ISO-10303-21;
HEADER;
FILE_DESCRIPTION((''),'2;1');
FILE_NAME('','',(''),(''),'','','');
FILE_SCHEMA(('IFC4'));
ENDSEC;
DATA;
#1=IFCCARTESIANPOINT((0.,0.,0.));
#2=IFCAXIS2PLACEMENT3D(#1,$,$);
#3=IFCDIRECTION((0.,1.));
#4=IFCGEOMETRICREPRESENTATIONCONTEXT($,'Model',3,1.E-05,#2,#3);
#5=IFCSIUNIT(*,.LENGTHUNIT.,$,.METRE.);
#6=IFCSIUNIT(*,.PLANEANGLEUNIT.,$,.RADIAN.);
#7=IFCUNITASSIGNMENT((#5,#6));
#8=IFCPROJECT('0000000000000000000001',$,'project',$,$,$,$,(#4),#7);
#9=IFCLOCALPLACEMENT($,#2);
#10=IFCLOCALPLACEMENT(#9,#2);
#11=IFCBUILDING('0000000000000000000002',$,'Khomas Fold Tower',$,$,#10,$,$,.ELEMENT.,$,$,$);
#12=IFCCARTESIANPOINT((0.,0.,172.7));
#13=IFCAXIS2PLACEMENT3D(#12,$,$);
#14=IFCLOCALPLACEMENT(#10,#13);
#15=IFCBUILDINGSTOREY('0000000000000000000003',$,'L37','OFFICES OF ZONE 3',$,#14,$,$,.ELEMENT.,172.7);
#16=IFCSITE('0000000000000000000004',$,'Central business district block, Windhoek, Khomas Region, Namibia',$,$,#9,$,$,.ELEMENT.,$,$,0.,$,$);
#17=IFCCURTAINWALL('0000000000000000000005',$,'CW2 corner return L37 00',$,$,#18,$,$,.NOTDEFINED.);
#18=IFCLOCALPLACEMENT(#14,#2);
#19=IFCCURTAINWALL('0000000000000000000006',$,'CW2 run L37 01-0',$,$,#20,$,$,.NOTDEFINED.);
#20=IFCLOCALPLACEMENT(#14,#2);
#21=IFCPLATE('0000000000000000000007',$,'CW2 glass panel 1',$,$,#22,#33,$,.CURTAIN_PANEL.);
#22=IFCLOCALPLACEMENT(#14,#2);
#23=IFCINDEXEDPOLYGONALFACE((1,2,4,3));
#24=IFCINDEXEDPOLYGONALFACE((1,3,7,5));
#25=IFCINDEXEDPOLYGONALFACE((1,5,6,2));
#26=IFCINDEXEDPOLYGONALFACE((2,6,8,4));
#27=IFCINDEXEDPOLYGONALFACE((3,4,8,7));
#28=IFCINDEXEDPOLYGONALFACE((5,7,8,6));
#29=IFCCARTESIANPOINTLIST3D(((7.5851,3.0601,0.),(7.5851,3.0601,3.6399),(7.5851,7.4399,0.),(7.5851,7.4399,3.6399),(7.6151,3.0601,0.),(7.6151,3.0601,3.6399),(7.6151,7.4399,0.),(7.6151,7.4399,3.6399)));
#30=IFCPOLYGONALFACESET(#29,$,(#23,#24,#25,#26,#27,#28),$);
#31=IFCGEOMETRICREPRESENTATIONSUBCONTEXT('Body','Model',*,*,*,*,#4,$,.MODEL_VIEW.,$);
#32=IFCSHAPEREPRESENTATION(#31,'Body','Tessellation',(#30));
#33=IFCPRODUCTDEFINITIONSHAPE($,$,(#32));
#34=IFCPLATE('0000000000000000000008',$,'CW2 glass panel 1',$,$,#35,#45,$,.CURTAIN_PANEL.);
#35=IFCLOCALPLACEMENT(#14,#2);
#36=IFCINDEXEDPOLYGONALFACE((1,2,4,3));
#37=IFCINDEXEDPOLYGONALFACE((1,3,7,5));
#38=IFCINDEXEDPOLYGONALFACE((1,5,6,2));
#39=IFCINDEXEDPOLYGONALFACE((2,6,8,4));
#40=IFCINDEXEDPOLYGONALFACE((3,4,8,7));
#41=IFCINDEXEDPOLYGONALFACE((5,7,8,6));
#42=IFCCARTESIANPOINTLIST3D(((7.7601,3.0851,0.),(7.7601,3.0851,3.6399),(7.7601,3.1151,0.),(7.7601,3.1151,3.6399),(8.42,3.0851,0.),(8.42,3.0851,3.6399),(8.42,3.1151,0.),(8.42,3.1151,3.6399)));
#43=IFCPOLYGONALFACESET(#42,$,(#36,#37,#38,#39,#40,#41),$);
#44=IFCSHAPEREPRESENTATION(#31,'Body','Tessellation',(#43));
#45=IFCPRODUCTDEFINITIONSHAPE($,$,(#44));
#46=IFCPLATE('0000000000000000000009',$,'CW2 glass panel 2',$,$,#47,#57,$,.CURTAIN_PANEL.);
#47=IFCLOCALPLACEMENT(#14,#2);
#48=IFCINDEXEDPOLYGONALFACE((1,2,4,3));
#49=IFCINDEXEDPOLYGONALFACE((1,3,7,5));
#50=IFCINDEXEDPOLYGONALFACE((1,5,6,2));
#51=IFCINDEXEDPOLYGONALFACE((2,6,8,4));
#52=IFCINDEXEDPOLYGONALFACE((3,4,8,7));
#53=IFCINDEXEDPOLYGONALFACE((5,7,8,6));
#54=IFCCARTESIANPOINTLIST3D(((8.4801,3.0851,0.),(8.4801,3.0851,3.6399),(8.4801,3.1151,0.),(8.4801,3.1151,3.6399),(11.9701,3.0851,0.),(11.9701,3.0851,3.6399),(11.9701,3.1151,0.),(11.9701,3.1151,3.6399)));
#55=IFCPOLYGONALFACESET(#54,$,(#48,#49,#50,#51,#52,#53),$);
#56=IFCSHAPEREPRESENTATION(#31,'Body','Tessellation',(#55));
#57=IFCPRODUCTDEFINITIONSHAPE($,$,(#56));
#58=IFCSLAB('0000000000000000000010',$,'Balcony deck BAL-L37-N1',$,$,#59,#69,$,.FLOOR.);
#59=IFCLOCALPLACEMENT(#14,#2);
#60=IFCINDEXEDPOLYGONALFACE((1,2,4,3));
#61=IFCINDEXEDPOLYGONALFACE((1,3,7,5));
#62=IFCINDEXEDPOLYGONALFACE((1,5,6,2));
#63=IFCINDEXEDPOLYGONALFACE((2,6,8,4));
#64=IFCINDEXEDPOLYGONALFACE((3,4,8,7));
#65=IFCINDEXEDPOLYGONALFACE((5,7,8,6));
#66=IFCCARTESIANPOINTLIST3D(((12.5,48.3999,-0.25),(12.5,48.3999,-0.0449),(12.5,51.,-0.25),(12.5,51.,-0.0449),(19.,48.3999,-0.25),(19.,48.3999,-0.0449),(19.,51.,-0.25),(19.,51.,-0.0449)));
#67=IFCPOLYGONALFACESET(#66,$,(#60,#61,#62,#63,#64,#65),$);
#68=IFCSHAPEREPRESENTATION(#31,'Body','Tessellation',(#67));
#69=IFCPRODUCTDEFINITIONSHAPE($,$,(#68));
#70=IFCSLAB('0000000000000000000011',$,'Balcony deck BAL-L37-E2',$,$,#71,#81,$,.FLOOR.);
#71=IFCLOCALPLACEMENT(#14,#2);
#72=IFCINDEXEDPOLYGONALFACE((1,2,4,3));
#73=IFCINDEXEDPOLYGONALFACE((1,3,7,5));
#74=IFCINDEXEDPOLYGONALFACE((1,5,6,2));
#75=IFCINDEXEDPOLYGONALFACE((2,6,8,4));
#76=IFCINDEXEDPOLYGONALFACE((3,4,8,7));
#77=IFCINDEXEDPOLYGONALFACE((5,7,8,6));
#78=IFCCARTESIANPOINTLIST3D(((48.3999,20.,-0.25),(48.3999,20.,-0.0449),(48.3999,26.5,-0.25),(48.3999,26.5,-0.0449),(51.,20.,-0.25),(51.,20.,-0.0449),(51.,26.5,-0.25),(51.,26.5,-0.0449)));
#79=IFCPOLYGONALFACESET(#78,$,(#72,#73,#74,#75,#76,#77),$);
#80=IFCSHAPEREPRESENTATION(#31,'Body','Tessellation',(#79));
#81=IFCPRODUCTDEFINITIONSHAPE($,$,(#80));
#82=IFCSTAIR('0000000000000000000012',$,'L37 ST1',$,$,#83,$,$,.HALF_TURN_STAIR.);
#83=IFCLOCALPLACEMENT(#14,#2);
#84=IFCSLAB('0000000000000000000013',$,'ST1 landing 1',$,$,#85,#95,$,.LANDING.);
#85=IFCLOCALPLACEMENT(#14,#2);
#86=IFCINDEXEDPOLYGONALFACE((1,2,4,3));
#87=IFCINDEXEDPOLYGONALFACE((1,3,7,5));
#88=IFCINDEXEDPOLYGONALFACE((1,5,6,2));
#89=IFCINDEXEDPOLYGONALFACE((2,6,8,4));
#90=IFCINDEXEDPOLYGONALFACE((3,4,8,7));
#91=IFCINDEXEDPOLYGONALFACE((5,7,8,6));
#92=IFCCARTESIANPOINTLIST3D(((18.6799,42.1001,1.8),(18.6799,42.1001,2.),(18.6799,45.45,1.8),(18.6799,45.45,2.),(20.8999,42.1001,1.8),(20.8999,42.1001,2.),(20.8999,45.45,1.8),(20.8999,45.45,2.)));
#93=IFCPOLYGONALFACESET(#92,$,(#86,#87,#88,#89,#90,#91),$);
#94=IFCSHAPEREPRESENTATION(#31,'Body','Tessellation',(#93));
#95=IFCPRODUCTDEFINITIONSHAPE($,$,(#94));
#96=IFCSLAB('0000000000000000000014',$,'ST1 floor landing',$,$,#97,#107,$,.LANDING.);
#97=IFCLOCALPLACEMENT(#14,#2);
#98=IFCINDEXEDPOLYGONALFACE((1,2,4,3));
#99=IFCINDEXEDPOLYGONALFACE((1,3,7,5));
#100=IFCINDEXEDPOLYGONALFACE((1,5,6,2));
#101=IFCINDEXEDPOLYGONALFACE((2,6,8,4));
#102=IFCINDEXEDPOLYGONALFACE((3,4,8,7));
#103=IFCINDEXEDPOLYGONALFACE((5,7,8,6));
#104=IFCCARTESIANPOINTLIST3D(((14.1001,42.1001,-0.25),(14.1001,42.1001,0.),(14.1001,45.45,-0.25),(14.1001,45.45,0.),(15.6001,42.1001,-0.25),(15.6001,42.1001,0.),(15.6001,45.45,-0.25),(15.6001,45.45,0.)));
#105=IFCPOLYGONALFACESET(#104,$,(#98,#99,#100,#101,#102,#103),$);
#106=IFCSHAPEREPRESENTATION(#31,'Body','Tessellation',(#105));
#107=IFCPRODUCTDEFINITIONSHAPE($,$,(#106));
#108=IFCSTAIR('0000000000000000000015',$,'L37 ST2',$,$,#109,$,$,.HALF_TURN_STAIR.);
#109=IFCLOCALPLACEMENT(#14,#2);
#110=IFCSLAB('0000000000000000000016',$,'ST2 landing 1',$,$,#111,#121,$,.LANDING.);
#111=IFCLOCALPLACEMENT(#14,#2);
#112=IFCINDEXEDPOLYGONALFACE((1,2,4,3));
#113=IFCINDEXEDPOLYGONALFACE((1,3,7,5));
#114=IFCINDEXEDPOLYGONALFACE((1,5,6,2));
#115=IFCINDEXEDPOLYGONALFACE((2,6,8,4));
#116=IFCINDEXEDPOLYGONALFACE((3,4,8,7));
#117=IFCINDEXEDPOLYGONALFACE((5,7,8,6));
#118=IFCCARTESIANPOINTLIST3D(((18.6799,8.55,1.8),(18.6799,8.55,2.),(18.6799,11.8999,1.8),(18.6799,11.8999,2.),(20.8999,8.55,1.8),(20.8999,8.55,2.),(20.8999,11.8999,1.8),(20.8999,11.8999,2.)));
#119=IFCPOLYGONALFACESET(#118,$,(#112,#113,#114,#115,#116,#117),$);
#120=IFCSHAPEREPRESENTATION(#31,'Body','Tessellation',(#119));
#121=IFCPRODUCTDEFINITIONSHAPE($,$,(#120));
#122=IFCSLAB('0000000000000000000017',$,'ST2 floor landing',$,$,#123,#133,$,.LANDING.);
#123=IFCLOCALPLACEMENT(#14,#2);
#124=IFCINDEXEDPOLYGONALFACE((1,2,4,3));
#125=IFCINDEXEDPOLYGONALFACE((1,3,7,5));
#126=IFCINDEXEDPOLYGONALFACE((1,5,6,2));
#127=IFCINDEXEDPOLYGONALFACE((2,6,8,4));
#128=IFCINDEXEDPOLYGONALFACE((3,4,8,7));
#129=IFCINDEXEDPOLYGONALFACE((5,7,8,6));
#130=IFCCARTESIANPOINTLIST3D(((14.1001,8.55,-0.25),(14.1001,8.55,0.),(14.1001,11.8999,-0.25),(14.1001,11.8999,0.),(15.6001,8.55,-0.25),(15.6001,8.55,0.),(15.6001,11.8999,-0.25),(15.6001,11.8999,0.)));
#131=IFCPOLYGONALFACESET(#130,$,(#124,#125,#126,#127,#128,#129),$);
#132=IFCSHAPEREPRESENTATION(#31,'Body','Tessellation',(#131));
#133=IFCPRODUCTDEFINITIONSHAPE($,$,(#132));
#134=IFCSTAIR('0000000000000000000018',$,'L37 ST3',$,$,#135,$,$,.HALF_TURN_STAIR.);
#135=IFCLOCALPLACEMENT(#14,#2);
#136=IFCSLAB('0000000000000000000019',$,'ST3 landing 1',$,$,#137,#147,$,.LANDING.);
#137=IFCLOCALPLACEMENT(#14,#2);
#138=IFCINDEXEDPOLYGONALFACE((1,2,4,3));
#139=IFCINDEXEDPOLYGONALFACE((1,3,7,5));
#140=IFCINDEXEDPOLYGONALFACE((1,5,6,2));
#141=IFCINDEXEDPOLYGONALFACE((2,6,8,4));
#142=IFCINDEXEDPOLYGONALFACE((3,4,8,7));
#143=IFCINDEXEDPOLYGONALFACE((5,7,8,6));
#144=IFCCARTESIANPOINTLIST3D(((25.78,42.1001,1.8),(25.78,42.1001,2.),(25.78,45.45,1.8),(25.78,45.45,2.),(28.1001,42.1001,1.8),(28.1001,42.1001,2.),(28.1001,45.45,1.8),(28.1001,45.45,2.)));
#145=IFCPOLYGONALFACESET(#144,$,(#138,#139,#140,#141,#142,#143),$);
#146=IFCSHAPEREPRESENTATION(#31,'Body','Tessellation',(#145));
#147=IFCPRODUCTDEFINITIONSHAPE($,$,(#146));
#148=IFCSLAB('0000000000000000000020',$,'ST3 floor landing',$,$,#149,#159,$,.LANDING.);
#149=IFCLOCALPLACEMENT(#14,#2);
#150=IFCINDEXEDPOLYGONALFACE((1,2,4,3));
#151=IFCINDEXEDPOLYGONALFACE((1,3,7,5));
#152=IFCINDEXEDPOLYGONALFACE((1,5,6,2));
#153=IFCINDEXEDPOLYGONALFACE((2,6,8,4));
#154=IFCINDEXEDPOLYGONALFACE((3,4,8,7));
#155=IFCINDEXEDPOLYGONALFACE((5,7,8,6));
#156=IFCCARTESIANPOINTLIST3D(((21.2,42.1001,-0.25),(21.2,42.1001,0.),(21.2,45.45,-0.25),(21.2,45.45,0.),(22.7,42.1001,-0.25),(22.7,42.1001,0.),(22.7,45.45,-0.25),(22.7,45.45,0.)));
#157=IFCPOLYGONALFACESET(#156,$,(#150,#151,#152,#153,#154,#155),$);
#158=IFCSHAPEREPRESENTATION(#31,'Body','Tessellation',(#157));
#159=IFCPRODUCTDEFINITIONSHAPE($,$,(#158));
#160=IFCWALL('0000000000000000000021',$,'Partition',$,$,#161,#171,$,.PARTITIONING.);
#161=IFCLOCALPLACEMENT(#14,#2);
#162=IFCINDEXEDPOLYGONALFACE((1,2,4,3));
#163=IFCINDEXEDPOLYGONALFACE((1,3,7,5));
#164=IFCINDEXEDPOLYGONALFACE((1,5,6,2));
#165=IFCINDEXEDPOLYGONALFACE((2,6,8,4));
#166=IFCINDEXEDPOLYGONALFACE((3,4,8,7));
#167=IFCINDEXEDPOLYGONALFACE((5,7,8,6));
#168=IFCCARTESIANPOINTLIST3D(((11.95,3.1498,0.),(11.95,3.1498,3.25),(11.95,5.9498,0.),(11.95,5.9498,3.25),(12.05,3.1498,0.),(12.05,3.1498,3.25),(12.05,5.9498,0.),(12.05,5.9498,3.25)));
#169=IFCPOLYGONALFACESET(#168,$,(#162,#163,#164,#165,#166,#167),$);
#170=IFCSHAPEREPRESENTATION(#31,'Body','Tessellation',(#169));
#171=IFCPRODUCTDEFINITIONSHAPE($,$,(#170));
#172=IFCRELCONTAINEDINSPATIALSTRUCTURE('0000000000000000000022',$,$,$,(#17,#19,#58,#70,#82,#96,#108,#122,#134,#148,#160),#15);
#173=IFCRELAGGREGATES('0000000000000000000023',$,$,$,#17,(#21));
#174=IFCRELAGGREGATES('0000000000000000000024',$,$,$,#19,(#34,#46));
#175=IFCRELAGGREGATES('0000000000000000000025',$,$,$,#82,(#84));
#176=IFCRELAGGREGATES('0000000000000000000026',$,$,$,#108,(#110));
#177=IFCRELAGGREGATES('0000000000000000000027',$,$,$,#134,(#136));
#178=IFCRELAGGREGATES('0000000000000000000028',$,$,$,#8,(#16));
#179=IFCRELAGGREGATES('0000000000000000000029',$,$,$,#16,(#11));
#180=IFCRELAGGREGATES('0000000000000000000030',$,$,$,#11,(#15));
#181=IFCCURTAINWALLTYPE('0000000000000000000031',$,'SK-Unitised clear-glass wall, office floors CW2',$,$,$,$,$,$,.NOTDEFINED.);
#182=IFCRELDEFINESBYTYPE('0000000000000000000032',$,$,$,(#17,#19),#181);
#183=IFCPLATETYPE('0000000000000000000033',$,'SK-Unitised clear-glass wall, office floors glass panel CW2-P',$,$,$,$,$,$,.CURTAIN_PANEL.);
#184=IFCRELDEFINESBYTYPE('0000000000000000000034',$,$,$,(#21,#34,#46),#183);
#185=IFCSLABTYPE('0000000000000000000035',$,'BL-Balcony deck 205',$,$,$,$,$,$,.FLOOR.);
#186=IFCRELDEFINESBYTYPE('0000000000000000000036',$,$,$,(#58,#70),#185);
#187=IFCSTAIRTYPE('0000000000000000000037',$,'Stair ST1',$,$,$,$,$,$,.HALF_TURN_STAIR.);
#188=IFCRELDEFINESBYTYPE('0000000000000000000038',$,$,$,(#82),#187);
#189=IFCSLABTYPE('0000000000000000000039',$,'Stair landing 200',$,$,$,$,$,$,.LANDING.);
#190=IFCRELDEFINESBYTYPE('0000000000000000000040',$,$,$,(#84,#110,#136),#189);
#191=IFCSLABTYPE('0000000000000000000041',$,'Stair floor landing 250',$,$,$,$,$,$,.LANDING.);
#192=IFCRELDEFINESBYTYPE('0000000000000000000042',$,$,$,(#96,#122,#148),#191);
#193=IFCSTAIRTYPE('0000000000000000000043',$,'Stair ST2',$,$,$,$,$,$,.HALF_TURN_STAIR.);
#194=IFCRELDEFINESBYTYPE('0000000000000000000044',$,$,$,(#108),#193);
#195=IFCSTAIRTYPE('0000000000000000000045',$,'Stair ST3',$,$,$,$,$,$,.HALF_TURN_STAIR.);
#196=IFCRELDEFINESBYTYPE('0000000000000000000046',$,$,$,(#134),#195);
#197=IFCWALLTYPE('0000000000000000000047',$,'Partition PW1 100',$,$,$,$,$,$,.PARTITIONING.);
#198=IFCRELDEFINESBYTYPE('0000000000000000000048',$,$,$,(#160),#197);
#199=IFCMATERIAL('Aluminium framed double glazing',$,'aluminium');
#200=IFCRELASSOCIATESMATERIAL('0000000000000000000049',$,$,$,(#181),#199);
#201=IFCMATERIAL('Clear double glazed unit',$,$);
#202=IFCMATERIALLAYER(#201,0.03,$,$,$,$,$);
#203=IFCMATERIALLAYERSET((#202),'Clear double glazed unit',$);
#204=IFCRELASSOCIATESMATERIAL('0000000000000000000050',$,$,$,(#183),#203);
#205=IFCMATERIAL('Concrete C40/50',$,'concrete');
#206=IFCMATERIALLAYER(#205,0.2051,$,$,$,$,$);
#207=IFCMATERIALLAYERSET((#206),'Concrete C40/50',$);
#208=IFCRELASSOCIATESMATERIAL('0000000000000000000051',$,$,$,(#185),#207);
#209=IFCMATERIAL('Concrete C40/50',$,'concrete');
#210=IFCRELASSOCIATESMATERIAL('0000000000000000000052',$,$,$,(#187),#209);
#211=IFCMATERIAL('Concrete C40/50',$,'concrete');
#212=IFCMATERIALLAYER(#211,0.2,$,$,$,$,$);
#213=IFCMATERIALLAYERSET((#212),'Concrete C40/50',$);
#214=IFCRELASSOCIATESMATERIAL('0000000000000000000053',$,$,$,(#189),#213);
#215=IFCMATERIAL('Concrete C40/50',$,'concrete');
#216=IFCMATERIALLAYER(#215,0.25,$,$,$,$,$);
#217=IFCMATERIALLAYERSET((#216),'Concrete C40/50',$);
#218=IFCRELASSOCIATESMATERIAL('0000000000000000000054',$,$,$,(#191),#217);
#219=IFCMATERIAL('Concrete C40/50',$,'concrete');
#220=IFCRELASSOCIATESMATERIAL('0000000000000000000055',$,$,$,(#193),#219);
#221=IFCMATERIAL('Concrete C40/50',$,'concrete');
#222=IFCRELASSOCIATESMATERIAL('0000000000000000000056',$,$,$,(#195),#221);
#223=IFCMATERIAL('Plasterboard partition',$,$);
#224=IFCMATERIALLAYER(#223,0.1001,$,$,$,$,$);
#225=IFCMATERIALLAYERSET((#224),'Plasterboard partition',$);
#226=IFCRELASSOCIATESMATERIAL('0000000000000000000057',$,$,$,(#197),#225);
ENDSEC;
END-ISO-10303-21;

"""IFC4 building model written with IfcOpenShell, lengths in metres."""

from ifc_helpers import new_model, si_unit, direction, frame, frame_2d, origin, origin_2d, place, context, subcontext, project, spatial, polyline, rectangle, outline, extrude, source, transform, mapped, material, layer, layer_set, type_object, element, aggregate, save


model = new_model("IFC4")

# Units and contexts
model_context = context("Model", 3, precision=1e-05, world=origin(), true_north=direction((0.0, 1.0)))
body_context = subcontext(model_context, "Body", "Model", "MODEL_VIEW")
ifc_project = project(units=[si_unit("LENGTHUNIT", "METRE"), si_unit("PLANEANGLEUNIT", "RADIAN")], contexts=[model_context])

# Site, building, storey
site_placement = place(None, origin())
site = spatial("IfcSite", under=ifc_project, at=site_placement, Name="Central business district block, Windhoek, Khomas Region, Namibia", CompositionType="ELEMENT", RefElevation=0.0)
building_placement = place(site_placement, origin())
building = spatial("IfcBuilding", under=site, at=building_placement, Name="Khomas Fold Tower", CompositionType="ELEMENT")
storey_placement = place(building_placement, frame((0.0, 0.0, 172.7)))
storey = spatial("IfcBuildingStorey", under=building, at=storey_placement, Name="L37", Description="OFFICES OF ZONE 3", CompositionType="ELEMENT", Elevation=172.7)

# Curtain wall
ifc_material_1 = material(Name="Aluminium framed double glazing", Category="aluminium")
curtain_wall_type = type_object("IfcCurtainWallType", Name="SK-Unitised clear-glass wall, office floors CW2", PredefinedType="NOTDEFINED", material=ifc_material_1)
curtain_wall_1_placement = place(storey_placement, origin())
curtain_wall_1 = element("IfcCurtainWall", 1, at=curtain_wall_1_placement, inside=storey, type_object=curtain_wall_type, Name="CW2 corner return L37 00", PredefinedType="NOTDEFINED")

# Curtain wall
curtain_wall_2_placement = place(storey_placement, origin())
curtain_wall_2 = element("IfcCurtainWall", 2, at=curtain_wall_2_placement, inside=storey, type_object=curtain_wall_type, Name="CW2 run L37 01-0", PredefinedType="NOTDEFINED")

# Plates
ifc_material_2 = material(Name="Clear double glazed unit")
ifc_layer_1 = layer(ifc_material_2, 0.03)
ifc_layer_set_1 = layer_set([ifc_layer_1], Name="Clear double glazed unit")
plate_type_1 = type_object("IfcPlateType", Name="SK-Unitised clear-glass wall, office floors glass panel CW2-P", PredefinedType="CURTAIN_PANEL", material=ifc_layer_set_1)
shared_shape_1 = source(origin(), body_context, "Body", "SweptSolid", [
    extrude(rectangle(XDim=4.3799, YDim=0.03, at=origin_2d()), origin(), (0.0, 0.0, 1.0), 3.6399),
])
plate_1_placement = place(storey_placement, frame((7.6001, 5.25, 0.0), z_axis=(0.0, 0.0, 1.0), x_axis=(0.0, -1.0, 0.0)))
plate_1 = element("IfcPlate", 3, at=plate_1_placement, type_object=plate_type_1, Name="CW2 glass panel 1", PredefinedType="CURTAIN_PANEL", context=body_context, shape_type="MappedRepresentation", body=[
    mapped(shared_shape_1, transform((0.0, 0.0, 0.0))),
])
aggregate(curtain_wall_1, [plate_1])
shared_shape_2 = source(origin(), body_context, "Body", "SweptSolid", [
    extrude(rectangle(XDim=0.6599, YDim=0.03, at=origin_2d()), origin(), (0.0, 0.0, 1.0), 3.6399),
])
plate_2_placement = place(storey_placement, frame((8.0901, 3.1001, 0.0), z_axis=(0.0, 0.0, 1.0), x_axis=(1.0, 0.0, 0.0)))
plate_2 = element("IfcPlate", 4, at=plate_2_placement, type_object=plate_type_1, Name="CW2 glass panel 1", PredefinedType="CURTAIN_PANEL", context=body_context, shape_type="MappedRepresentation", body=[
    mapped(shared_shape_2, transform((0.0, 0.0, 0.0))),
])
shared_shape_3 = source(origin(), body_context, "Body", "SweptSolid", [
    extrude(rectangle(XDim=3.49, YDim=0.03, at=origin_2d()), origin(), (0.0, 0.0, 1.0), 3.6399),
])
plate_3_placement = place(storey_placement, frame((10.2251, 3.1001, 0.0), z_axis=(0.0, 0.0, 1.0), x_axis=(1.0, 0.0, 0.0)))
plate_3 = element("IfcPlate", 5, at=plate_3_placement, type_object=plate_type_1, Name="CW2 glass panel 2", PredefinedType="CURTAIN_PANEL", context=body_context, shape_type="MappedRepresentation", body=[
    mapped(shared_shape_3, transform((0.0, 0.0, 0.0))),
])
aggregate(curtain_wall_2, [plate_2, plate_3])

# Slabs
ifc_material_3 = material(Name="Concrete C40/50", Category="concrete")
ifc_layer_2 = layer(ifc_material_3, 0.2051)
ifc_layer_set_2 = layer_set([ifc_layer_2], Name="Concrete C40/50")
slab_type_1 = type_object("IfcSlabType", Name="BL-Balcony deck 205", PredefinedType="FLOOR", material=ifc_layer_set_2)
shared_shape_4 = source(origin(), body_context, "Body", "SweptSolid", [
    extrude(outline(polyline([(12.5, 48.3999), (19.0, 48.3999), (19.0, 51.0), (12.5, 51.0), (12.5, 48.3999)])), origin(), (0.0, 0.0, 1.0), 0.2051),
])
slab_1_placement = place(storey_placement, frame((0.0, 0.0, -0.25)))
element("IfcSlab", 6, at=slab_1_placement, inside=storey, type_object=slab_type_1, Name="Balcony deck BAL-L37-N1", PredefinedType="FLOOR", context=body_context, shape_type="MappedRepresentation", body=[
    mapped(shared_shape_4, transform((0.0, 0.0, 0.0))),
])
shared_shape_5 = source(origin(), body_context, "Body", "SweptSolid", [
    extrude(outline(polyline([(48.3999, 20.0), (51.0, 20.0), (51.0, 26.5), (48.3999, 26.5), (48.3999, 20.0)])), origin(), (0.0, 0.0, 1.0), 0.2051),
])
slab_2_placement = place(storey_placement, frame((0.0, 0.0, -0.25)))
element("IfcSlab", 7, at=slab_2_placement, inside=storey, type_object=slab_type_1, Name="Balcony deck BAL-L37-E2", PredefinedType="FLOOR", context=body_context, shape_type="MappedRepresentation", body=[
    mapped(shared_shape_5, transform((0.0, 0.0, 0.0))),
])

# Stair, slab
ifc_material_4 = material(Name="Concrete C40/50", Category="concrete")
stair_type_1 = type_object("IfcStairType", Name="Stair ST1", PredefinedType="HALF_TURN_STAIR", material=ifc_material_4)
stair_1_placement = place(storey_placement, origin())
stair_1 = element("IfcStair", 8, at=stair_1_placement, inside=storey, type_object=stair_type_1, Name="L37 ST1", PredefinedType="HALF_TURN_STAIR")
ifc_material_5 = material(Name="Concrete C40/50", Category="concrete")
ifc_layer_3 = layer(ifc_material_5, 0.2)
ifc_layer_set_3 = layer_set([ifc_layer_3], Name="Concrete C40/50")
slab_type_2 = type_object("IfcSlabType", Name="Stair landing 200", PredefinedType="LANDING", material=ifc_layer_set_3)
shared_shape_6 = source(origin(), body_context, "Body", "SweptSolid", [
    extrude(outline(polyline([(18.6799, 42.1001), (20.8999, 42.1001), (20.8999, 45.45), (18.6799, 45.45), (18.6799, 42.1001)])), origin(), (0.0, 0.0, 1.0), 0.2),
])
slab_3_placement = place(storey_placement, frame((0.0, 0.0, 1.8)))
slab_3 = element("IfcSlab", 9, at=slab_3_placement, type_object=slab_type_2, Name="ST1 landing 1", PredefinedType="LANDING", context=body_context, shape_type="MappedRepresentation", body=[
    mapped(shared_shape_6, transform((0.0, 0.0, 0.0))),
])
aggregate(stair_1, [slab_3])

# Slab
ifc_material_6 = material(Name="Concrete C40/50", Category="concrete")
ifc_layer_4 = layer(ifc_material_6, 0.25)
ifc_layer_set_4 = layer_set([ifc_layer_4], Name="Concrete C40/50")
slab_type_3 = type_object("IfcSlabType", Name="Stair floor landing 250", PredefinedType="LANDING", material=ifc_layer_set_4)
shared_shape_7 = source(origin(), body_context, "Body", "SweptSolid", [
    extrude(outline(polyline([(15.6001, 42.1001), (14.1001, 42.1001), (14.1001, 45.45), (15.6001, 45.45), (15.6001, 42.1001)])), origin(), (0.0, 0.0, 1.0), 0.25),
])
slab_4_placement = place(storey_placement, frame((0.0, 0.0, -0.25)))
element("IfcSlab", 10, at=slab_4_placement, inside=storey, type_object=slab_type_3, Name="ST1 floor landing", PredefinedType="LANDING", context=body_context, shape_type="MappedRepresentation", body=[
    mapped(shared_shape_7, transform((0.0, 0.0, 0.0))),
])

# Stair, slab
ifc_material_7 = material(Name="Concrete C40/50", Category="concrete")
stair_type_2 = type_object("IfcStairType", Name="Stair ST2", PredefinedType="HALF_TURN_STAIR", material=ifc_material_7)
stair_2_placement = place(storey_placement, origin())
stair_2 = element("IfcStair", 11, at=stair_2_placement, inside=storey, type_object=stair_type_2, Name="L37 ST2", PredefinedType="HALF_TURN_STAIR")
shared_shape_8 = source(origin(), body_context, "Body", "SweptSolid", [
    extrude(outline(polyline([(18.6799, 8.55), (20.8999, 8.55), (20.8999, 11.8999), (18.6799, 11.8999), (18.6799, 8.55)])), origin(), (0.0, 0.0, 1.0), 0.2),
])
slab_5_placement = place(storey_placement, frame((0.0, 0.0, 1.8)))
slab_5 = element("IfcSlab", 12, at=slab_5_placement, type_object=slab_type_2, Name="ST2 landing 1", PredefinedType="LANDING", context=body_context, shape_type="MappedRepresentation", body=[
    mapped(shared_shape_8, transform((0.0, 0.0, 0.0))),
])
aggregate(stair_2, [slab_5])

# Slab
shared_shape_9 = source(origin(), body_context, "Body", "SweptSolid", [
    extrude(outline(polyline([(15.6001, 8.55), (14.1001, 8.55), (14.1001, 11.8999), (15.6001, 11.8999), (15.6001, 8.55)])), origin(), (0.0, 0.0, 1.0), 0.25),
])
slab_6_placement = place(storey_placement, frame((0.0, 0.0, -0.25)))
element("IfcSlab", 13, at=slab_6_placement, inside=storey, type_object=slab_type_3, Name="ST2 floor landing", PredefinedType="LANDING", context=body_context, shape_type="MappedRepresentation", body=[
    mapped(shared_shape_9, transform((0.0, 0.0, 0.0))),
])

# Stair, slab
ifc_material_8 = material(Name="Concrete C40/50", Category="concrete")
stair_type_3 = type_object("IfcStairType", Name="Stair ST3", PredefinedType="HALF_TURN_STAIR", material=ifc_material_8)
stair_3_placement = place(storey_placement, origin())
stair_3 = element("IfcStair", 14, at=stair_3_placement, inside=storey, type_object=stair_type_3, Name="L37 ST3", PredefinedType="HALF_TURN_STAIR")
shared_shape_10 = source(origin(), body_context, "Body", "SweptSolid", [
    extrude(outline(polyline([(25.78, 42.1001), (28.1001, 42.1001), (28.1001, 45.45), (25.78, 45.45), (25.78, 42.1001)])), origin(), (0.0, 0.0, 1.0), 0.2),
])
slab_7_placement = place(storey_placement, frame((0.0, 0.0, 1.8)))
slab_7 = element("IfcSlab", 15, at=slab_7_placement, type_object=slab_type_2, Name="ST3 landing 1", PredefinedType="LANDING", context=body_context, shape_type="MappedRepresentation", body=[
    mapped(shared_shape_10, transform((0.0, 0.0, 0.0))),
])
aggregate(stair_3, [slab_7])

# Slab
shared_shape_11 = source(origin(), body_context, "Body", "SweptSolid", [
    extrude(outline(polyline([(22.7, 42.1001), (21.2, 42.1001), (21.2, 45.45), (22.7, 45.45), (22.7, 42.1001)])), origin(), (0.0, 0.0, 1.0), 0.25),
])
slab_8_placement = place(storey_placement, frame((0.0, 0.0, -0.25)))
element("IfcSlab", 16, at=slab_8_placement, inside=storey, type_object=slab_type_3, Name="ST3 floor landing", PredefinedType="LANDING", context=body_context, shape_type="MappedRepresentation", body=[
    mapped(shared_shape_11, transform((0.0, 0.0, 0.0))),
])

# Wall
ifc_material_9 = material(Name="Plasterboard partition")
ifc_layer_5 = layer(ifc_material_9, 0.1001)
ifc_layer_set_5 = layer_set([ifc_layer_5], Name="Plasterboard partition")
wall_type_1 = type_object("IfcWallType", Name="Partition PW1 100", PredefinedType="PARTITIONING", material=ifc_layer_set_5)
shared_shape_12 = source(origin(), body_context, "Body", "SweptSolid", [
    extrude(rectangle(XDim=2.8, YDim=0.1001, at=frame_2d((1.3999, 0.0))), origin(), (0.0, 0.0, 1.0), 3.25),
])
wall_1_placement = place(storey_placement, frame((12.0, 3.1499, 0.0), z_axis=(0.0, 0.0, 1.0), x_axis=(0.0, 1.0, 0.0)))
element("IfcWall", 17, at=wall_1_placement, inside=storey, type_object=wall_type_1, Name="Partition", PredefinedType="PARTITIONING", context=body_context, shape_type="MappedRepresentation", body=[
    mapped(shared_shape_12, transform((0.0, 0.0, 0.0))),
])

save(model, "model.ifc")
